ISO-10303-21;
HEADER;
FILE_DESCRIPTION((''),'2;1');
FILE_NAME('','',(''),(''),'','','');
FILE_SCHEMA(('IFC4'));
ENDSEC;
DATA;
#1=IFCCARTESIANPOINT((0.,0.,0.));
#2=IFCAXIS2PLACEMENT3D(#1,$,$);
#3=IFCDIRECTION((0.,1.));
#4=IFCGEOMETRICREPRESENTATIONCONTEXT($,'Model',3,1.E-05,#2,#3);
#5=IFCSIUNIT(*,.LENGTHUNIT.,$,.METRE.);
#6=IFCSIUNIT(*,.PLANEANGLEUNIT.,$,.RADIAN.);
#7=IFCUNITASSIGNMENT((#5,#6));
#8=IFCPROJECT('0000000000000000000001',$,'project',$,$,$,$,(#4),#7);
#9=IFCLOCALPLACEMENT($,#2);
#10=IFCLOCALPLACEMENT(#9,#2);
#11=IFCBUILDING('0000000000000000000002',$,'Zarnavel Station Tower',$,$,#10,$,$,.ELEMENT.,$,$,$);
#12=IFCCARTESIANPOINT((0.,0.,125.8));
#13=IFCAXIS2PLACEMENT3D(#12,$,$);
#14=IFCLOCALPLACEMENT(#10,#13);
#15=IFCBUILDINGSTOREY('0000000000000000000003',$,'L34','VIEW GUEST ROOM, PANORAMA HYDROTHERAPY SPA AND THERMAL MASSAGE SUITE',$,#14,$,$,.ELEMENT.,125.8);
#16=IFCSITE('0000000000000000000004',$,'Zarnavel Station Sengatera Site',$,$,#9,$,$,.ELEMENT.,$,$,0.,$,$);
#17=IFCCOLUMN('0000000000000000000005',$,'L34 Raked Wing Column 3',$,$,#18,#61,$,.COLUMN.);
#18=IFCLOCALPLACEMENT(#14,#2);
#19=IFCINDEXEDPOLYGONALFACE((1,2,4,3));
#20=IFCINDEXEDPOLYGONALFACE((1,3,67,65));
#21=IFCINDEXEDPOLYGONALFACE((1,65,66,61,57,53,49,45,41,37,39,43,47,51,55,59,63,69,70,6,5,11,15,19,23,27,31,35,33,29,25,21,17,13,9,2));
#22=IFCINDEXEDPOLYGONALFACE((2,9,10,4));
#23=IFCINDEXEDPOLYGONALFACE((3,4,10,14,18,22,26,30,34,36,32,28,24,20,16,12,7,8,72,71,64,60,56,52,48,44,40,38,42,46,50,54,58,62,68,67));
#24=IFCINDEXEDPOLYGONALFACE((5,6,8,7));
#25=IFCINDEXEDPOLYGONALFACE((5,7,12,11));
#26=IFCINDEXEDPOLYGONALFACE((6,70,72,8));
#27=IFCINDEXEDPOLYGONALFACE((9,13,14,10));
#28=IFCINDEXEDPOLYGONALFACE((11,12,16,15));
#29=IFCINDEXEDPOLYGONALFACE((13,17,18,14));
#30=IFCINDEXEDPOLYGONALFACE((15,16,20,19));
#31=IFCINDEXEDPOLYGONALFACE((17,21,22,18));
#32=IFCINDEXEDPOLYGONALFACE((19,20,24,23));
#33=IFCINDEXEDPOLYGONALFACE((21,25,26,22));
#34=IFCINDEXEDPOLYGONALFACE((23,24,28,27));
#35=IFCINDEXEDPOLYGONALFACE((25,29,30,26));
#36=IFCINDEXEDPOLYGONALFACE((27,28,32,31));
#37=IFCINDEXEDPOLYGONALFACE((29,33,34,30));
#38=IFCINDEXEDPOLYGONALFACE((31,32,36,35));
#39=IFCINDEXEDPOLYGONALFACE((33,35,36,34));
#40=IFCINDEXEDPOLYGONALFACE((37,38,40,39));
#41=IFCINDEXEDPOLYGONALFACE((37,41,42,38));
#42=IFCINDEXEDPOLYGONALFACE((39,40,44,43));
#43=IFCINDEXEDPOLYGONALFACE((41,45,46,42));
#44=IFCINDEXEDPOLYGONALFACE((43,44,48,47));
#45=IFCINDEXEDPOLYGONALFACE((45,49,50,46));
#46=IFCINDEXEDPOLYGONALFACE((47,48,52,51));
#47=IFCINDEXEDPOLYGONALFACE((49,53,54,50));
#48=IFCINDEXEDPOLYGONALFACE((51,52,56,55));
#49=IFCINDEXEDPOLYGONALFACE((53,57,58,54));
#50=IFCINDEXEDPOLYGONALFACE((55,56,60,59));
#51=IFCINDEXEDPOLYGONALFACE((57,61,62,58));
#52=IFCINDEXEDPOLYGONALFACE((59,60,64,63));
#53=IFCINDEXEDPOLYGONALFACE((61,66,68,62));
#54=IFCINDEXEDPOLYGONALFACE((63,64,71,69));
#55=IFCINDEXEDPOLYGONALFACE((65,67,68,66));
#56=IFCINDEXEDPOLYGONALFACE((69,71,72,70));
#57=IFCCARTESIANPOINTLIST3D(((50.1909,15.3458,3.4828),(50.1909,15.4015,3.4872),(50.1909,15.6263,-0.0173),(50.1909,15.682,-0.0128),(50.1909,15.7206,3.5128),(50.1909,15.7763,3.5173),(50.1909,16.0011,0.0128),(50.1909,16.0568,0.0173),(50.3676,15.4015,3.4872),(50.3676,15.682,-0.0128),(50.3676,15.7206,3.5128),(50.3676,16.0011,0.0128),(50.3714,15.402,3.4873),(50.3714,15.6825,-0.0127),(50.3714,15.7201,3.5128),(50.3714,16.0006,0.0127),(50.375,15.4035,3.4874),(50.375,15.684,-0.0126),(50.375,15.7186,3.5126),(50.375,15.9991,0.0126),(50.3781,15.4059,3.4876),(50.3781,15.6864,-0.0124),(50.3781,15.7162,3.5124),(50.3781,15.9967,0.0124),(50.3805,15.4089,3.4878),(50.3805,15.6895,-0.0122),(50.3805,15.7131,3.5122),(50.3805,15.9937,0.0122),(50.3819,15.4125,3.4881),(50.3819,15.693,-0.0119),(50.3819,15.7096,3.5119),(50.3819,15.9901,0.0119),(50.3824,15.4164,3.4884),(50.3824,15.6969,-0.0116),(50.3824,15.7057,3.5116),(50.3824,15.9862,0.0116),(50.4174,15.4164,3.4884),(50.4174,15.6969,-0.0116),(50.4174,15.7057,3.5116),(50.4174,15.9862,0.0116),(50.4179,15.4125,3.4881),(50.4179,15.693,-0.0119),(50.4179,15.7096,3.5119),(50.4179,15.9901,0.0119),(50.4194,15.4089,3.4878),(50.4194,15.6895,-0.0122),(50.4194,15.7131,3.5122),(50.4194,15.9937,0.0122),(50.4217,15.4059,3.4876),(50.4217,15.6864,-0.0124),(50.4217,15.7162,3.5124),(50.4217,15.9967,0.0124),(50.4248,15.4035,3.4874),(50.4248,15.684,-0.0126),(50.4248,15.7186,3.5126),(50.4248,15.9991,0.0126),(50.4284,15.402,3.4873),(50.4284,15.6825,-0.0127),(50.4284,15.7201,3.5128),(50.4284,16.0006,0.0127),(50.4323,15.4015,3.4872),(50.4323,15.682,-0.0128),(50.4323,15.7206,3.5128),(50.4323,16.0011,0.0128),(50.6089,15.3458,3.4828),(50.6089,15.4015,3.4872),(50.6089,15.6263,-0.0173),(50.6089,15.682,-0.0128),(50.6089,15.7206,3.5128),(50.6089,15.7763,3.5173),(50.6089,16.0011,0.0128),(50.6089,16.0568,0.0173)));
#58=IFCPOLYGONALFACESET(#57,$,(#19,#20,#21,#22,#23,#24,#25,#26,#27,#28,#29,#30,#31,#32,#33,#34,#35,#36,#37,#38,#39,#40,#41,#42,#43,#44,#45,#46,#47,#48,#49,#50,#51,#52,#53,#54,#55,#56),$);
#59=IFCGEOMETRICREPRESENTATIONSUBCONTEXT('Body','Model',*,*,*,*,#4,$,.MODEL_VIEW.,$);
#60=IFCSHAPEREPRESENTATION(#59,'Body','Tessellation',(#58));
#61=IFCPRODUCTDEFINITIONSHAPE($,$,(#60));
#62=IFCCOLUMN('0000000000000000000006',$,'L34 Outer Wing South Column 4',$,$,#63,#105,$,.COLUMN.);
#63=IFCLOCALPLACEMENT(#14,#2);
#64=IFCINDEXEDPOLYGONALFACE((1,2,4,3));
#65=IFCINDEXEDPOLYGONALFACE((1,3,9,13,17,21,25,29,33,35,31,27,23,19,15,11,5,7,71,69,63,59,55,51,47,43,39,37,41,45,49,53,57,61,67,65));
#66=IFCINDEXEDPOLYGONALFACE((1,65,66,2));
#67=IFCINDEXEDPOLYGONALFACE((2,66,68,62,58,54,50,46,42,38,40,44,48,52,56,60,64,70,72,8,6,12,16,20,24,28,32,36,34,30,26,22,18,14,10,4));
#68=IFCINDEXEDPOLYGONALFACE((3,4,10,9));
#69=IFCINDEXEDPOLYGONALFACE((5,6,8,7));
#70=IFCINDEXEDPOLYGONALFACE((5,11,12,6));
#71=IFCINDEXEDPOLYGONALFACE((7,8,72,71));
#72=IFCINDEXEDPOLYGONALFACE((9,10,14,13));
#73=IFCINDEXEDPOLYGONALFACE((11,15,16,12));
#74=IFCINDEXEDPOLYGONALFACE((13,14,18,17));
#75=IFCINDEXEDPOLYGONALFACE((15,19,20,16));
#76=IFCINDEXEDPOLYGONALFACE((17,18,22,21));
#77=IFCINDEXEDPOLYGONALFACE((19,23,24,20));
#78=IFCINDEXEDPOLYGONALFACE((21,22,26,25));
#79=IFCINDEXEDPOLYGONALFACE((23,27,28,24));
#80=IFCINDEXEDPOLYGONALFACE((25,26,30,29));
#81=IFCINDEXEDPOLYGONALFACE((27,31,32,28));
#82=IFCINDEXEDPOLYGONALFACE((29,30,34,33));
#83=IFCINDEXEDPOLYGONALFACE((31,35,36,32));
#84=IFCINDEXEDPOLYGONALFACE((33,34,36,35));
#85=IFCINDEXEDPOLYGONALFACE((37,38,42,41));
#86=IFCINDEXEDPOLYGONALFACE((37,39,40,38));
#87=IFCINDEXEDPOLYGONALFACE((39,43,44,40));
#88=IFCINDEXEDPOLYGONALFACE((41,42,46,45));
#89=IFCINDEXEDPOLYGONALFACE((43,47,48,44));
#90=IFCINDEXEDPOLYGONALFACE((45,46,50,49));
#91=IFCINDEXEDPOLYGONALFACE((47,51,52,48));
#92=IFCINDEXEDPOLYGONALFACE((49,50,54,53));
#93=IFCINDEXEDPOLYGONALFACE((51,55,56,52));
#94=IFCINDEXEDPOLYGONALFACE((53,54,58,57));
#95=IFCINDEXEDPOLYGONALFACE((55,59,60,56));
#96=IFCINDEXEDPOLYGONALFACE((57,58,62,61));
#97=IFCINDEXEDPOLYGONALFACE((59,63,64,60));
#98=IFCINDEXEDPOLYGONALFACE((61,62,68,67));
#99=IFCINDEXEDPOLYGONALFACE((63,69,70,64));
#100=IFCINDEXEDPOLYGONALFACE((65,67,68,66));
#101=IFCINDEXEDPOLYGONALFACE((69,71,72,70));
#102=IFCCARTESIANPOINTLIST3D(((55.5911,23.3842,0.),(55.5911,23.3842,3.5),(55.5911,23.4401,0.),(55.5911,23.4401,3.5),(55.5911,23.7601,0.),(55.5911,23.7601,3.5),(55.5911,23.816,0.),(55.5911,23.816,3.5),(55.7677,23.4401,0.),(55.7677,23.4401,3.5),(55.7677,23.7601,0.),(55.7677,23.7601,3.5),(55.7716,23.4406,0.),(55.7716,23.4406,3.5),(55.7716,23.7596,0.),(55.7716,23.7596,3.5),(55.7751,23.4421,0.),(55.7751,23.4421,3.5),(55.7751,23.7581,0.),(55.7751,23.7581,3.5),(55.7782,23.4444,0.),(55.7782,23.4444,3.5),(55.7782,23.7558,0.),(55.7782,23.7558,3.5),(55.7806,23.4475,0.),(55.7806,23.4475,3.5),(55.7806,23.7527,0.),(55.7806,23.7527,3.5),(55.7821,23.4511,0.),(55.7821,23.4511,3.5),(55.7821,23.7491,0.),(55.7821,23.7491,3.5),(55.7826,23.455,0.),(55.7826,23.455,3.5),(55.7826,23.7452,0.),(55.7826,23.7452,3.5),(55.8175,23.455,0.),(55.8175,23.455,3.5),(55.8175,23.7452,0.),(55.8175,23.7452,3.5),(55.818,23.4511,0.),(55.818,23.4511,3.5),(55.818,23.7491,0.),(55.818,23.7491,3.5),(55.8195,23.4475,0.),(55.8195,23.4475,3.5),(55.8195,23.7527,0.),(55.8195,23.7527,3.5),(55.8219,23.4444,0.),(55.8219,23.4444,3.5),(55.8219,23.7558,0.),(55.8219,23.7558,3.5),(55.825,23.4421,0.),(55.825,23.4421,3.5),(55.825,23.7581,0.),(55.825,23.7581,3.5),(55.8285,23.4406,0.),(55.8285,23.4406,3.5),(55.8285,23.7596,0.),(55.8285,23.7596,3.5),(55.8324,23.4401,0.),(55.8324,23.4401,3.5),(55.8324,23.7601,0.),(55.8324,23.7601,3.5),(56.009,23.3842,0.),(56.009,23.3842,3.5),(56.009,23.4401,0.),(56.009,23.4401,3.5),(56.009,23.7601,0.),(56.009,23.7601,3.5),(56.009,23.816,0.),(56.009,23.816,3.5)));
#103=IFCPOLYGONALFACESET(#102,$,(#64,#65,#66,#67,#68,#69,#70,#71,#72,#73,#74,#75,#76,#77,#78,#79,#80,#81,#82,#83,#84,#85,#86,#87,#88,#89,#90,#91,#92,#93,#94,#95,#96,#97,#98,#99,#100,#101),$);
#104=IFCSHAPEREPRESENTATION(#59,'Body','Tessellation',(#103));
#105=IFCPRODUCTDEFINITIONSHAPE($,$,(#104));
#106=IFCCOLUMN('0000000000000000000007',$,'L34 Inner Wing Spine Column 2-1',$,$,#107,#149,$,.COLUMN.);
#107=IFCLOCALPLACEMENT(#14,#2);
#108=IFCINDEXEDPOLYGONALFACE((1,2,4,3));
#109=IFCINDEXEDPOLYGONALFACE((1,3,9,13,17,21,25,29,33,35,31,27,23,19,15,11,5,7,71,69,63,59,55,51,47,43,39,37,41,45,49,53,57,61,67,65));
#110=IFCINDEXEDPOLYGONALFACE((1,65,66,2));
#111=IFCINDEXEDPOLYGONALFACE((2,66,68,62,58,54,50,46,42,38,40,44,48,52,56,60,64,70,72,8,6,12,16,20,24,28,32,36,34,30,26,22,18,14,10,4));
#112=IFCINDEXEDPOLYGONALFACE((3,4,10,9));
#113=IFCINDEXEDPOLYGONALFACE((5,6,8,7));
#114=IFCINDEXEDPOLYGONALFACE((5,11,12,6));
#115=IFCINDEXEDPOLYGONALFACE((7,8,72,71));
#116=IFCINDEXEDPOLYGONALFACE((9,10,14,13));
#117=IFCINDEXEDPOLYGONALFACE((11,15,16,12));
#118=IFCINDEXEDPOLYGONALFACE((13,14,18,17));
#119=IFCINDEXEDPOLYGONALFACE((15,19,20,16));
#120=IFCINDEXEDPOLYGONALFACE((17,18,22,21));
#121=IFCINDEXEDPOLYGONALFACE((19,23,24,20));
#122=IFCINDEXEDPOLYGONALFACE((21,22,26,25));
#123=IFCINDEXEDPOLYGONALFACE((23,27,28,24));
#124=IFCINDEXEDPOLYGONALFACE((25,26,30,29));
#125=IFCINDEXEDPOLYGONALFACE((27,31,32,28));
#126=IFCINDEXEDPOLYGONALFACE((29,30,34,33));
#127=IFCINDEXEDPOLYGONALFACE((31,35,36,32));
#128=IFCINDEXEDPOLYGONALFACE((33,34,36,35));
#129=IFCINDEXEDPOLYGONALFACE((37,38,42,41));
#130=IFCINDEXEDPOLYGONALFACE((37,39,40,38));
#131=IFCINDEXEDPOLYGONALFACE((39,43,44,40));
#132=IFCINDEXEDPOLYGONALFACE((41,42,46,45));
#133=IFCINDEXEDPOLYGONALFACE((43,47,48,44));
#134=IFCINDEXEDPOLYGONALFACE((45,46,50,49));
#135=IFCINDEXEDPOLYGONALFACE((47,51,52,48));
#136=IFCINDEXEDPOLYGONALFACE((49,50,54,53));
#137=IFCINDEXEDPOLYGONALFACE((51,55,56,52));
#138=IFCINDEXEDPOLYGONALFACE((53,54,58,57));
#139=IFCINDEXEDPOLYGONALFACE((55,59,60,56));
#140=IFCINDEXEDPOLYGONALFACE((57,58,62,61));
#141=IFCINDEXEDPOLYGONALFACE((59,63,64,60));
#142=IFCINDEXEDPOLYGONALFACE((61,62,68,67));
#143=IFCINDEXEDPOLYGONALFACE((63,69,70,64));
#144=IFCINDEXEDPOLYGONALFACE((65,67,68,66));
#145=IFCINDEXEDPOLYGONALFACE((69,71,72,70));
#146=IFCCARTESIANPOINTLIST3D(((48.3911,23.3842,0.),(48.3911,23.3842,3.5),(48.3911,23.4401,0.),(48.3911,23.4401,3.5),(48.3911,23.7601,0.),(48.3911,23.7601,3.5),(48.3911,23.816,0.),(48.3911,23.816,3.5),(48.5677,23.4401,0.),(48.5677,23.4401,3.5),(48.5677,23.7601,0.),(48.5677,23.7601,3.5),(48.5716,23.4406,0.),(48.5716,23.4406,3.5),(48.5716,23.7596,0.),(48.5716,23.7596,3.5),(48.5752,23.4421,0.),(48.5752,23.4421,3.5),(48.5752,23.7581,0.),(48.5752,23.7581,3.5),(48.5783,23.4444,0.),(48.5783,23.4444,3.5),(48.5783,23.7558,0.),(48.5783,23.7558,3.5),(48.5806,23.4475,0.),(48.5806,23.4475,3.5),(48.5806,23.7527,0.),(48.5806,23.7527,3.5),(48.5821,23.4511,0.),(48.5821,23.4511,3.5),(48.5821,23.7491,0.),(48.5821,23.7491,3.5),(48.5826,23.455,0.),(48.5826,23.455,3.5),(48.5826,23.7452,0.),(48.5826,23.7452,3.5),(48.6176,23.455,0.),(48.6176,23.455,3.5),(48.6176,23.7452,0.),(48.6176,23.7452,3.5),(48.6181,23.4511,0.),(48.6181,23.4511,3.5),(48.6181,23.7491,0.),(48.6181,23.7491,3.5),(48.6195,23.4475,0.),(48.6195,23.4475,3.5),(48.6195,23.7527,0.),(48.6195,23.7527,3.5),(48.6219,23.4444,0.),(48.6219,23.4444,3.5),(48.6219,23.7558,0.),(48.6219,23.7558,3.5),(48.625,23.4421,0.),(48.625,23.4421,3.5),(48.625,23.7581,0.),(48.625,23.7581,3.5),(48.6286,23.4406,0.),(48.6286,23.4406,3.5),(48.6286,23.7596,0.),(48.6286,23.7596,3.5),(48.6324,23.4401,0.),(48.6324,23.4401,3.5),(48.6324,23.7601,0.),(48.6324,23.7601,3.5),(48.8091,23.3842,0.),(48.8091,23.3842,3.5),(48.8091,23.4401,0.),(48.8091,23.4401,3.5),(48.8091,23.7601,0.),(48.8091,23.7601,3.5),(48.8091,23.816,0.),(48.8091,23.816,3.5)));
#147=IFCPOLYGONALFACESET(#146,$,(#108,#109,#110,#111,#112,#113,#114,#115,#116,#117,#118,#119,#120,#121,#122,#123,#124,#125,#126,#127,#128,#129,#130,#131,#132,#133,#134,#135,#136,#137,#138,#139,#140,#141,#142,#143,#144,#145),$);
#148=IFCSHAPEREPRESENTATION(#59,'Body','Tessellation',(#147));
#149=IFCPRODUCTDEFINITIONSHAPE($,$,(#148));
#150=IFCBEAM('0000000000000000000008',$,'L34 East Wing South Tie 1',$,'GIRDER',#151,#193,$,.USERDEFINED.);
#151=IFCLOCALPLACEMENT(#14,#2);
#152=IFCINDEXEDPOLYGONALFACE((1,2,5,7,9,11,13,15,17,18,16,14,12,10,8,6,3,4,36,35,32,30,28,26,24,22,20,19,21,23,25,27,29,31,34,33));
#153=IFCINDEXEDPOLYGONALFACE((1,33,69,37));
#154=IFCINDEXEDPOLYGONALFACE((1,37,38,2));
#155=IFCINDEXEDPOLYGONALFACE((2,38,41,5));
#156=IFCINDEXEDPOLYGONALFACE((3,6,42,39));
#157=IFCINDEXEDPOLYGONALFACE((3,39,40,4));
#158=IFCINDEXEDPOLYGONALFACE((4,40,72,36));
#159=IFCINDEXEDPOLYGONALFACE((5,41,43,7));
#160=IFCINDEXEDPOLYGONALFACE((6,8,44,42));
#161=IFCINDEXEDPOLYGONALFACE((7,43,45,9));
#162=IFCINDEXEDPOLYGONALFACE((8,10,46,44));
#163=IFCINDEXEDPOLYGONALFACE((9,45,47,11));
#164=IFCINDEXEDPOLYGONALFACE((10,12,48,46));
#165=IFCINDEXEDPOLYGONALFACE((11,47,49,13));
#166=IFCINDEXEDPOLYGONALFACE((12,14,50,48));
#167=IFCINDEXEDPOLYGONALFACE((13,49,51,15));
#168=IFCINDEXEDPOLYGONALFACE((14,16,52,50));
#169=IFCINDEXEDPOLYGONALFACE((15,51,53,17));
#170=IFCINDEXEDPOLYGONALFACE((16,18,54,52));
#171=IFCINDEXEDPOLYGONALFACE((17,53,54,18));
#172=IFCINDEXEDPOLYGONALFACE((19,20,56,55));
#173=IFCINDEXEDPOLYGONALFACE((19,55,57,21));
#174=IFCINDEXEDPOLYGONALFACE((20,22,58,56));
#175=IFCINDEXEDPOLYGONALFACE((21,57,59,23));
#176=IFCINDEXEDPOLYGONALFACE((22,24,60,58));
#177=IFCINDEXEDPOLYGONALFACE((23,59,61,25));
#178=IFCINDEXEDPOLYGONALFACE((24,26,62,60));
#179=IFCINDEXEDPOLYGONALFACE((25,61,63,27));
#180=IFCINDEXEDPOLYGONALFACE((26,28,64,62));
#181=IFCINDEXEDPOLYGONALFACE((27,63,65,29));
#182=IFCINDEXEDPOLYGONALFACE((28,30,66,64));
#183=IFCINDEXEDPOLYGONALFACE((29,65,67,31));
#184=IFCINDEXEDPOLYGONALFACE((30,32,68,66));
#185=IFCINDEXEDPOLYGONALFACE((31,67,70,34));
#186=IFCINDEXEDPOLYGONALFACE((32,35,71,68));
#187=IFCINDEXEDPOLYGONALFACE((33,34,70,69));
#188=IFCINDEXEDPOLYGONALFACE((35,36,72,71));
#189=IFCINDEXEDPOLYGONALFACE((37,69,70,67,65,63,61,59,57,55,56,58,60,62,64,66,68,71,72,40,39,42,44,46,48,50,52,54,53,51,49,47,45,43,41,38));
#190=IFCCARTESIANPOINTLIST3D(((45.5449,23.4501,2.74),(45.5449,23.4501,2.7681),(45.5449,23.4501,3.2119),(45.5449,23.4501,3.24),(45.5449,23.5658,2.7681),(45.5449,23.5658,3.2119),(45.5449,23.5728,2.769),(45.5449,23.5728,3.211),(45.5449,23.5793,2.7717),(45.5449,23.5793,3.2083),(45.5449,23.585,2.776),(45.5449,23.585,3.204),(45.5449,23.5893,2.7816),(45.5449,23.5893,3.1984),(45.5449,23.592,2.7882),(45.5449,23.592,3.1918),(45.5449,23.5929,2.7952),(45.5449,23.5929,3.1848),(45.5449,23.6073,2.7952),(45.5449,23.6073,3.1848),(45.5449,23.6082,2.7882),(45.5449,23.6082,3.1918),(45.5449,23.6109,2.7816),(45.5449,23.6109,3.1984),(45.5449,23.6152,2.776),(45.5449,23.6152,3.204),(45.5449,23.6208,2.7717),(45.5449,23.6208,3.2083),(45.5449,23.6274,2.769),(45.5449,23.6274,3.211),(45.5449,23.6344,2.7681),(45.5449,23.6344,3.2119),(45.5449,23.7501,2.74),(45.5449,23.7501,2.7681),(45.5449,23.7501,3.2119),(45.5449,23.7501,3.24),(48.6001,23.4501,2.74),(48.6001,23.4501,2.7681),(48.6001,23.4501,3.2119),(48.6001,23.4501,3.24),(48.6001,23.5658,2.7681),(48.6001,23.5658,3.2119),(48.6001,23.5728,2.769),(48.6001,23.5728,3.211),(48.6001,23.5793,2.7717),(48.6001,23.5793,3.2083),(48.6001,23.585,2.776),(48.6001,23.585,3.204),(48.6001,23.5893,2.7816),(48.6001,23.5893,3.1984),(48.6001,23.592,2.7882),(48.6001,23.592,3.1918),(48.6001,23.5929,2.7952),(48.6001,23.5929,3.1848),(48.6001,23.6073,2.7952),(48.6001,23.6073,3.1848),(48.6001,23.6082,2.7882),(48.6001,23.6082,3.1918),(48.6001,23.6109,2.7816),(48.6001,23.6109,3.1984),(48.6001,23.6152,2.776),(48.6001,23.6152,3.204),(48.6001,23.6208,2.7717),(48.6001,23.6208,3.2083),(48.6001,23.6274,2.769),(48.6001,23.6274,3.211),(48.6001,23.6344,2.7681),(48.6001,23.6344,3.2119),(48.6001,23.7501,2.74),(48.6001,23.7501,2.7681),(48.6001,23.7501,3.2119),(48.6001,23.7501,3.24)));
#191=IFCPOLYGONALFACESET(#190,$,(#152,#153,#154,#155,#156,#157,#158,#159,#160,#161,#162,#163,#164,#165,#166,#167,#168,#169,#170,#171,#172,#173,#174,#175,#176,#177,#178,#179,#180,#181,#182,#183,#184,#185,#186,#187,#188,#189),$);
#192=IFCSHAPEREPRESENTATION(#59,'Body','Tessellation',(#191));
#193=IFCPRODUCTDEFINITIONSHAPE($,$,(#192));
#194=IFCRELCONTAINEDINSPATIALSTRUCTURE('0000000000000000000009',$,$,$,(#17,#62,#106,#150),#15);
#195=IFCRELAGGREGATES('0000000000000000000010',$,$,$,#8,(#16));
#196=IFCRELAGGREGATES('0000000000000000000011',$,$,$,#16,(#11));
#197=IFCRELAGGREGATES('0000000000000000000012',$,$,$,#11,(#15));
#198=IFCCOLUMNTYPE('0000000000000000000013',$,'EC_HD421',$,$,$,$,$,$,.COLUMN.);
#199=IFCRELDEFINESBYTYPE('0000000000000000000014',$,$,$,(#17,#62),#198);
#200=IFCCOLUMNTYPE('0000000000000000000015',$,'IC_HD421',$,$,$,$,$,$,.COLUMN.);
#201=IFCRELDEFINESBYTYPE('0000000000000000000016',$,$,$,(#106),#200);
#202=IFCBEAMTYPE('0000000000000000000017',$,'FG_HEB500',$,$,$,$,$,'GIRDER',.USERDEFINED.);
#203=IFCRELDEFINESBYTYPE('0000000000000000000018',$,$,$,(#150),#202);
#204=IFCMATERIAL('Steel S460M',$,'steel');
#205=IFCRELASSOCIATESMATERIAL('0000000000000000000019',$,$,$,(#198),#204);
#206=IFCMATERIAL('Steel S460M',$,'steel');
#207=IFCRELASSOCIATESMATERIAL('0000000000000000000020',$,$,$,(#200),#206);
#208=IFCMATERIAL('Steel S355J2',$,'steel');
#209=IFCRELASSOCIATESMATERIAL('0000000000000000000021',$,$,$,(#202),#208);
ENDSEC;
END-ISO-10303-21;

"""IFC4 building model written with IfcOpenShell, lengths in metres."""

from ifc_helpers import new_model, si_unit, direction, frame, origin, origin_2d, place, context, subcontext, project, spatial, i_section, extrude, material, material_profile, profile_set, type_object, element, save


model = new_model("IFC4")

# Units and contexts
model_context = context("Model", 3, precision=1e-05, world=origin(), true_north=direction((0.0, 1.0)))
body_context = subcontext(model_context, "Body", "Model", "MODEL_VIEW")
ifc_project = project(units=[si_unit("LENGTHUNIT", "METRE"), si_unit("PLANEANGLEUNIT", "RADIAN")], contexts=[model_context])

# Site, building, storey
site_placement = place(None, origin())
site = spatial("IfcSite", under=ifc_project, at=site_placement, Name="Zarnavel Station Sengatera Site", CompositionType="ELEMENT", RefElevation=0.0)
building_placement = place(site_placement, origin())
building = spatial("IfcBuilding", under=site, at=building_placement, Name="Zarnavel Station Tower", CompositionType="ELEMENT")
storey_placement = place(building_placement, frame((0.0, 0.0, 125.8)))
storey = spatial("IfcBuildingStorey", under=building, at=storey_placement, Name="L34", Description="VIEW GUEST ROOM, PANORAMA HYDROTHERAPY SPA AND THERMAL MASSAGE SUITE", CompositionType="ELEMENT", Elevation=125.8)

# Columns
ifc_material_1 = material(Name="Steel S460M", Category="steel")
ifc_material_profile_1 = material_profile(ifc_material_1, i_section(OverallWidth=0.418, OverallDepth=0.4319, WebThickness=0.0349, FlangeThickness=0.0559, FilletRadius=0.0149, at=origin_2d()), Name="HD400x421")
ifc_profile_set_1 = profile_set([ifc_material_profile_1], Name="Steel S460M")
column_type_1 = type_object("IfcColumnType", Name="EC_HD421", PredefinedType="COLUMN", material=ifc_profile_set_1)
column_1_placement = place(storey_placement, frame((50.3999, 15.8416, 0.0), z_axis=(0.0, -0.079892, 0.996804), x_axis=(1.0, 0.0, 0.0)))
element("IfcColumn", 1, at=column_1_placement, inside=storey, type_object=column_type_1, Name="L34 Raked Wing Column 3", PredefinedType="COLUMN", context=body_context, shape_type="SweptSolid", body=[
    extrude(i_section(OverallWidth=0.418, OverallDepth=0.4319, WebThickness=0.0349, FlangeThickness=0.0559, FilletRadius=0.0149, at=origin_2d()), origin(), (0.0, 0.0, 1.0), 3.5112),
])
column_2_placement = place(storey_placement, frame((55.8, 23.6001, 0.0), z_axis=(0.0, 0.0, 1.0), x_axis=(1.0, 0.0, 0.0)))
element("IfcColumn", 2, at=column_2_placement, inside=storey, type_object=column_type_1, Name="L34 Outer Wing South Column 4", PredefinedType="COLUMN", context=body_context, shape_type="SweptSolid", body=[
    extrude(i_section(OverallWidth=0.418, OverallDepth=0.4319, WebThickness=0.0349, FlangeThickness=0.0559, FilletRadius=0.0149, at=origin_2d()), origin(), (0.0, 0.0, 1.0), 3.5),
])
ifc_material_2 = material(Name="Steel S460M", Category="steel")
ifc_material_profile_2 = material_profile(ifc_material_2, i_section(OverallWidth=0.418, OverallDepth=0.4319, WebThickness=0.0349, FlangeThickness=0.0559, FilletRadius=0.0149, at=origin_2d()), Name="HD400x421")
ifc_profile_set_2 = profile_set([ifc_material_profile_2], Name="Steel S460M")
column_type_2 = type_object("IfcColumnType", Name="IC_HD421", PredefinedType="COLUMN", material=ifc_profile_set_2)
column_3_placement = place(storey_placement, frame((48.6001, 23.6001, 0.0), z_axis=(0.0, 0.0, 1.0), x_axis=(1.0, 0.0, 0.0)))
element("IfcColumn", 3, at=column_3_placement, inside=storey, type_object=column_type_2, Name="L34 Inner Wing Spine Column 2-1", PredefinedType="COLUMN", context=body_context, shape_type="SweptSolid", body=[
    extrude(i_section(OverallWidth=0.418, OverallDepth=0.4319, WebThickness=0.0349, FlangeThickness=0.0559, FilletRadius=0.0149, at=origin_2d()), origin(), (0.0, 0.0, 1.0), 3.5),
])

# Beam
ifc_material_3 = material(Name="Steel S355J2", Category="steel")
ifc_material_profile_3 = material_profile(ifc_material_3, i_section(OverallWidth=0.3, OverallDepth=0.5, WebThickness=0.0144, FlangeThickness=0.0281, FilletRadius=0.0271, at=origin_2d()), Name="HEB500")
ifc_profile_set_3 = profile_set([ifc_material_profile_3], Name="Steel S355J2")
beam_type_1 = type_object("IfcBeamType", Name="FG_HEB500", ElementType="GIRDER", PredefinedType="USERDEFINED", material=ifc_profile_set_3)
beam_1_placement = place(storey_placement, frame((45.5449, 23.6001, 2.99), z_axis=(1.0, 0.0, 0.0), x_axis=(0.0, 1.0, 0.0)))
element("IfcBeam", 4, at=beam_1_placement, inside=storey, type_object=beam_type_1, Name="L34 East Wing South Tie 1", ObjectType="GIRDER", PredefinedType="USERDEFINED", context=body_context, shape_type="SweptSolid", body=[
    extrude(i_section(OverallWidth=0.3, OverallDepth=0.5, WebThickness=0.0144, FlangeThickness=0.0281, FilletRadius=0.0271, at=origin_2d()), origin(), (0.0, 0.0, 1.0), 3.0552),
])

save(model, "model.ifc")
